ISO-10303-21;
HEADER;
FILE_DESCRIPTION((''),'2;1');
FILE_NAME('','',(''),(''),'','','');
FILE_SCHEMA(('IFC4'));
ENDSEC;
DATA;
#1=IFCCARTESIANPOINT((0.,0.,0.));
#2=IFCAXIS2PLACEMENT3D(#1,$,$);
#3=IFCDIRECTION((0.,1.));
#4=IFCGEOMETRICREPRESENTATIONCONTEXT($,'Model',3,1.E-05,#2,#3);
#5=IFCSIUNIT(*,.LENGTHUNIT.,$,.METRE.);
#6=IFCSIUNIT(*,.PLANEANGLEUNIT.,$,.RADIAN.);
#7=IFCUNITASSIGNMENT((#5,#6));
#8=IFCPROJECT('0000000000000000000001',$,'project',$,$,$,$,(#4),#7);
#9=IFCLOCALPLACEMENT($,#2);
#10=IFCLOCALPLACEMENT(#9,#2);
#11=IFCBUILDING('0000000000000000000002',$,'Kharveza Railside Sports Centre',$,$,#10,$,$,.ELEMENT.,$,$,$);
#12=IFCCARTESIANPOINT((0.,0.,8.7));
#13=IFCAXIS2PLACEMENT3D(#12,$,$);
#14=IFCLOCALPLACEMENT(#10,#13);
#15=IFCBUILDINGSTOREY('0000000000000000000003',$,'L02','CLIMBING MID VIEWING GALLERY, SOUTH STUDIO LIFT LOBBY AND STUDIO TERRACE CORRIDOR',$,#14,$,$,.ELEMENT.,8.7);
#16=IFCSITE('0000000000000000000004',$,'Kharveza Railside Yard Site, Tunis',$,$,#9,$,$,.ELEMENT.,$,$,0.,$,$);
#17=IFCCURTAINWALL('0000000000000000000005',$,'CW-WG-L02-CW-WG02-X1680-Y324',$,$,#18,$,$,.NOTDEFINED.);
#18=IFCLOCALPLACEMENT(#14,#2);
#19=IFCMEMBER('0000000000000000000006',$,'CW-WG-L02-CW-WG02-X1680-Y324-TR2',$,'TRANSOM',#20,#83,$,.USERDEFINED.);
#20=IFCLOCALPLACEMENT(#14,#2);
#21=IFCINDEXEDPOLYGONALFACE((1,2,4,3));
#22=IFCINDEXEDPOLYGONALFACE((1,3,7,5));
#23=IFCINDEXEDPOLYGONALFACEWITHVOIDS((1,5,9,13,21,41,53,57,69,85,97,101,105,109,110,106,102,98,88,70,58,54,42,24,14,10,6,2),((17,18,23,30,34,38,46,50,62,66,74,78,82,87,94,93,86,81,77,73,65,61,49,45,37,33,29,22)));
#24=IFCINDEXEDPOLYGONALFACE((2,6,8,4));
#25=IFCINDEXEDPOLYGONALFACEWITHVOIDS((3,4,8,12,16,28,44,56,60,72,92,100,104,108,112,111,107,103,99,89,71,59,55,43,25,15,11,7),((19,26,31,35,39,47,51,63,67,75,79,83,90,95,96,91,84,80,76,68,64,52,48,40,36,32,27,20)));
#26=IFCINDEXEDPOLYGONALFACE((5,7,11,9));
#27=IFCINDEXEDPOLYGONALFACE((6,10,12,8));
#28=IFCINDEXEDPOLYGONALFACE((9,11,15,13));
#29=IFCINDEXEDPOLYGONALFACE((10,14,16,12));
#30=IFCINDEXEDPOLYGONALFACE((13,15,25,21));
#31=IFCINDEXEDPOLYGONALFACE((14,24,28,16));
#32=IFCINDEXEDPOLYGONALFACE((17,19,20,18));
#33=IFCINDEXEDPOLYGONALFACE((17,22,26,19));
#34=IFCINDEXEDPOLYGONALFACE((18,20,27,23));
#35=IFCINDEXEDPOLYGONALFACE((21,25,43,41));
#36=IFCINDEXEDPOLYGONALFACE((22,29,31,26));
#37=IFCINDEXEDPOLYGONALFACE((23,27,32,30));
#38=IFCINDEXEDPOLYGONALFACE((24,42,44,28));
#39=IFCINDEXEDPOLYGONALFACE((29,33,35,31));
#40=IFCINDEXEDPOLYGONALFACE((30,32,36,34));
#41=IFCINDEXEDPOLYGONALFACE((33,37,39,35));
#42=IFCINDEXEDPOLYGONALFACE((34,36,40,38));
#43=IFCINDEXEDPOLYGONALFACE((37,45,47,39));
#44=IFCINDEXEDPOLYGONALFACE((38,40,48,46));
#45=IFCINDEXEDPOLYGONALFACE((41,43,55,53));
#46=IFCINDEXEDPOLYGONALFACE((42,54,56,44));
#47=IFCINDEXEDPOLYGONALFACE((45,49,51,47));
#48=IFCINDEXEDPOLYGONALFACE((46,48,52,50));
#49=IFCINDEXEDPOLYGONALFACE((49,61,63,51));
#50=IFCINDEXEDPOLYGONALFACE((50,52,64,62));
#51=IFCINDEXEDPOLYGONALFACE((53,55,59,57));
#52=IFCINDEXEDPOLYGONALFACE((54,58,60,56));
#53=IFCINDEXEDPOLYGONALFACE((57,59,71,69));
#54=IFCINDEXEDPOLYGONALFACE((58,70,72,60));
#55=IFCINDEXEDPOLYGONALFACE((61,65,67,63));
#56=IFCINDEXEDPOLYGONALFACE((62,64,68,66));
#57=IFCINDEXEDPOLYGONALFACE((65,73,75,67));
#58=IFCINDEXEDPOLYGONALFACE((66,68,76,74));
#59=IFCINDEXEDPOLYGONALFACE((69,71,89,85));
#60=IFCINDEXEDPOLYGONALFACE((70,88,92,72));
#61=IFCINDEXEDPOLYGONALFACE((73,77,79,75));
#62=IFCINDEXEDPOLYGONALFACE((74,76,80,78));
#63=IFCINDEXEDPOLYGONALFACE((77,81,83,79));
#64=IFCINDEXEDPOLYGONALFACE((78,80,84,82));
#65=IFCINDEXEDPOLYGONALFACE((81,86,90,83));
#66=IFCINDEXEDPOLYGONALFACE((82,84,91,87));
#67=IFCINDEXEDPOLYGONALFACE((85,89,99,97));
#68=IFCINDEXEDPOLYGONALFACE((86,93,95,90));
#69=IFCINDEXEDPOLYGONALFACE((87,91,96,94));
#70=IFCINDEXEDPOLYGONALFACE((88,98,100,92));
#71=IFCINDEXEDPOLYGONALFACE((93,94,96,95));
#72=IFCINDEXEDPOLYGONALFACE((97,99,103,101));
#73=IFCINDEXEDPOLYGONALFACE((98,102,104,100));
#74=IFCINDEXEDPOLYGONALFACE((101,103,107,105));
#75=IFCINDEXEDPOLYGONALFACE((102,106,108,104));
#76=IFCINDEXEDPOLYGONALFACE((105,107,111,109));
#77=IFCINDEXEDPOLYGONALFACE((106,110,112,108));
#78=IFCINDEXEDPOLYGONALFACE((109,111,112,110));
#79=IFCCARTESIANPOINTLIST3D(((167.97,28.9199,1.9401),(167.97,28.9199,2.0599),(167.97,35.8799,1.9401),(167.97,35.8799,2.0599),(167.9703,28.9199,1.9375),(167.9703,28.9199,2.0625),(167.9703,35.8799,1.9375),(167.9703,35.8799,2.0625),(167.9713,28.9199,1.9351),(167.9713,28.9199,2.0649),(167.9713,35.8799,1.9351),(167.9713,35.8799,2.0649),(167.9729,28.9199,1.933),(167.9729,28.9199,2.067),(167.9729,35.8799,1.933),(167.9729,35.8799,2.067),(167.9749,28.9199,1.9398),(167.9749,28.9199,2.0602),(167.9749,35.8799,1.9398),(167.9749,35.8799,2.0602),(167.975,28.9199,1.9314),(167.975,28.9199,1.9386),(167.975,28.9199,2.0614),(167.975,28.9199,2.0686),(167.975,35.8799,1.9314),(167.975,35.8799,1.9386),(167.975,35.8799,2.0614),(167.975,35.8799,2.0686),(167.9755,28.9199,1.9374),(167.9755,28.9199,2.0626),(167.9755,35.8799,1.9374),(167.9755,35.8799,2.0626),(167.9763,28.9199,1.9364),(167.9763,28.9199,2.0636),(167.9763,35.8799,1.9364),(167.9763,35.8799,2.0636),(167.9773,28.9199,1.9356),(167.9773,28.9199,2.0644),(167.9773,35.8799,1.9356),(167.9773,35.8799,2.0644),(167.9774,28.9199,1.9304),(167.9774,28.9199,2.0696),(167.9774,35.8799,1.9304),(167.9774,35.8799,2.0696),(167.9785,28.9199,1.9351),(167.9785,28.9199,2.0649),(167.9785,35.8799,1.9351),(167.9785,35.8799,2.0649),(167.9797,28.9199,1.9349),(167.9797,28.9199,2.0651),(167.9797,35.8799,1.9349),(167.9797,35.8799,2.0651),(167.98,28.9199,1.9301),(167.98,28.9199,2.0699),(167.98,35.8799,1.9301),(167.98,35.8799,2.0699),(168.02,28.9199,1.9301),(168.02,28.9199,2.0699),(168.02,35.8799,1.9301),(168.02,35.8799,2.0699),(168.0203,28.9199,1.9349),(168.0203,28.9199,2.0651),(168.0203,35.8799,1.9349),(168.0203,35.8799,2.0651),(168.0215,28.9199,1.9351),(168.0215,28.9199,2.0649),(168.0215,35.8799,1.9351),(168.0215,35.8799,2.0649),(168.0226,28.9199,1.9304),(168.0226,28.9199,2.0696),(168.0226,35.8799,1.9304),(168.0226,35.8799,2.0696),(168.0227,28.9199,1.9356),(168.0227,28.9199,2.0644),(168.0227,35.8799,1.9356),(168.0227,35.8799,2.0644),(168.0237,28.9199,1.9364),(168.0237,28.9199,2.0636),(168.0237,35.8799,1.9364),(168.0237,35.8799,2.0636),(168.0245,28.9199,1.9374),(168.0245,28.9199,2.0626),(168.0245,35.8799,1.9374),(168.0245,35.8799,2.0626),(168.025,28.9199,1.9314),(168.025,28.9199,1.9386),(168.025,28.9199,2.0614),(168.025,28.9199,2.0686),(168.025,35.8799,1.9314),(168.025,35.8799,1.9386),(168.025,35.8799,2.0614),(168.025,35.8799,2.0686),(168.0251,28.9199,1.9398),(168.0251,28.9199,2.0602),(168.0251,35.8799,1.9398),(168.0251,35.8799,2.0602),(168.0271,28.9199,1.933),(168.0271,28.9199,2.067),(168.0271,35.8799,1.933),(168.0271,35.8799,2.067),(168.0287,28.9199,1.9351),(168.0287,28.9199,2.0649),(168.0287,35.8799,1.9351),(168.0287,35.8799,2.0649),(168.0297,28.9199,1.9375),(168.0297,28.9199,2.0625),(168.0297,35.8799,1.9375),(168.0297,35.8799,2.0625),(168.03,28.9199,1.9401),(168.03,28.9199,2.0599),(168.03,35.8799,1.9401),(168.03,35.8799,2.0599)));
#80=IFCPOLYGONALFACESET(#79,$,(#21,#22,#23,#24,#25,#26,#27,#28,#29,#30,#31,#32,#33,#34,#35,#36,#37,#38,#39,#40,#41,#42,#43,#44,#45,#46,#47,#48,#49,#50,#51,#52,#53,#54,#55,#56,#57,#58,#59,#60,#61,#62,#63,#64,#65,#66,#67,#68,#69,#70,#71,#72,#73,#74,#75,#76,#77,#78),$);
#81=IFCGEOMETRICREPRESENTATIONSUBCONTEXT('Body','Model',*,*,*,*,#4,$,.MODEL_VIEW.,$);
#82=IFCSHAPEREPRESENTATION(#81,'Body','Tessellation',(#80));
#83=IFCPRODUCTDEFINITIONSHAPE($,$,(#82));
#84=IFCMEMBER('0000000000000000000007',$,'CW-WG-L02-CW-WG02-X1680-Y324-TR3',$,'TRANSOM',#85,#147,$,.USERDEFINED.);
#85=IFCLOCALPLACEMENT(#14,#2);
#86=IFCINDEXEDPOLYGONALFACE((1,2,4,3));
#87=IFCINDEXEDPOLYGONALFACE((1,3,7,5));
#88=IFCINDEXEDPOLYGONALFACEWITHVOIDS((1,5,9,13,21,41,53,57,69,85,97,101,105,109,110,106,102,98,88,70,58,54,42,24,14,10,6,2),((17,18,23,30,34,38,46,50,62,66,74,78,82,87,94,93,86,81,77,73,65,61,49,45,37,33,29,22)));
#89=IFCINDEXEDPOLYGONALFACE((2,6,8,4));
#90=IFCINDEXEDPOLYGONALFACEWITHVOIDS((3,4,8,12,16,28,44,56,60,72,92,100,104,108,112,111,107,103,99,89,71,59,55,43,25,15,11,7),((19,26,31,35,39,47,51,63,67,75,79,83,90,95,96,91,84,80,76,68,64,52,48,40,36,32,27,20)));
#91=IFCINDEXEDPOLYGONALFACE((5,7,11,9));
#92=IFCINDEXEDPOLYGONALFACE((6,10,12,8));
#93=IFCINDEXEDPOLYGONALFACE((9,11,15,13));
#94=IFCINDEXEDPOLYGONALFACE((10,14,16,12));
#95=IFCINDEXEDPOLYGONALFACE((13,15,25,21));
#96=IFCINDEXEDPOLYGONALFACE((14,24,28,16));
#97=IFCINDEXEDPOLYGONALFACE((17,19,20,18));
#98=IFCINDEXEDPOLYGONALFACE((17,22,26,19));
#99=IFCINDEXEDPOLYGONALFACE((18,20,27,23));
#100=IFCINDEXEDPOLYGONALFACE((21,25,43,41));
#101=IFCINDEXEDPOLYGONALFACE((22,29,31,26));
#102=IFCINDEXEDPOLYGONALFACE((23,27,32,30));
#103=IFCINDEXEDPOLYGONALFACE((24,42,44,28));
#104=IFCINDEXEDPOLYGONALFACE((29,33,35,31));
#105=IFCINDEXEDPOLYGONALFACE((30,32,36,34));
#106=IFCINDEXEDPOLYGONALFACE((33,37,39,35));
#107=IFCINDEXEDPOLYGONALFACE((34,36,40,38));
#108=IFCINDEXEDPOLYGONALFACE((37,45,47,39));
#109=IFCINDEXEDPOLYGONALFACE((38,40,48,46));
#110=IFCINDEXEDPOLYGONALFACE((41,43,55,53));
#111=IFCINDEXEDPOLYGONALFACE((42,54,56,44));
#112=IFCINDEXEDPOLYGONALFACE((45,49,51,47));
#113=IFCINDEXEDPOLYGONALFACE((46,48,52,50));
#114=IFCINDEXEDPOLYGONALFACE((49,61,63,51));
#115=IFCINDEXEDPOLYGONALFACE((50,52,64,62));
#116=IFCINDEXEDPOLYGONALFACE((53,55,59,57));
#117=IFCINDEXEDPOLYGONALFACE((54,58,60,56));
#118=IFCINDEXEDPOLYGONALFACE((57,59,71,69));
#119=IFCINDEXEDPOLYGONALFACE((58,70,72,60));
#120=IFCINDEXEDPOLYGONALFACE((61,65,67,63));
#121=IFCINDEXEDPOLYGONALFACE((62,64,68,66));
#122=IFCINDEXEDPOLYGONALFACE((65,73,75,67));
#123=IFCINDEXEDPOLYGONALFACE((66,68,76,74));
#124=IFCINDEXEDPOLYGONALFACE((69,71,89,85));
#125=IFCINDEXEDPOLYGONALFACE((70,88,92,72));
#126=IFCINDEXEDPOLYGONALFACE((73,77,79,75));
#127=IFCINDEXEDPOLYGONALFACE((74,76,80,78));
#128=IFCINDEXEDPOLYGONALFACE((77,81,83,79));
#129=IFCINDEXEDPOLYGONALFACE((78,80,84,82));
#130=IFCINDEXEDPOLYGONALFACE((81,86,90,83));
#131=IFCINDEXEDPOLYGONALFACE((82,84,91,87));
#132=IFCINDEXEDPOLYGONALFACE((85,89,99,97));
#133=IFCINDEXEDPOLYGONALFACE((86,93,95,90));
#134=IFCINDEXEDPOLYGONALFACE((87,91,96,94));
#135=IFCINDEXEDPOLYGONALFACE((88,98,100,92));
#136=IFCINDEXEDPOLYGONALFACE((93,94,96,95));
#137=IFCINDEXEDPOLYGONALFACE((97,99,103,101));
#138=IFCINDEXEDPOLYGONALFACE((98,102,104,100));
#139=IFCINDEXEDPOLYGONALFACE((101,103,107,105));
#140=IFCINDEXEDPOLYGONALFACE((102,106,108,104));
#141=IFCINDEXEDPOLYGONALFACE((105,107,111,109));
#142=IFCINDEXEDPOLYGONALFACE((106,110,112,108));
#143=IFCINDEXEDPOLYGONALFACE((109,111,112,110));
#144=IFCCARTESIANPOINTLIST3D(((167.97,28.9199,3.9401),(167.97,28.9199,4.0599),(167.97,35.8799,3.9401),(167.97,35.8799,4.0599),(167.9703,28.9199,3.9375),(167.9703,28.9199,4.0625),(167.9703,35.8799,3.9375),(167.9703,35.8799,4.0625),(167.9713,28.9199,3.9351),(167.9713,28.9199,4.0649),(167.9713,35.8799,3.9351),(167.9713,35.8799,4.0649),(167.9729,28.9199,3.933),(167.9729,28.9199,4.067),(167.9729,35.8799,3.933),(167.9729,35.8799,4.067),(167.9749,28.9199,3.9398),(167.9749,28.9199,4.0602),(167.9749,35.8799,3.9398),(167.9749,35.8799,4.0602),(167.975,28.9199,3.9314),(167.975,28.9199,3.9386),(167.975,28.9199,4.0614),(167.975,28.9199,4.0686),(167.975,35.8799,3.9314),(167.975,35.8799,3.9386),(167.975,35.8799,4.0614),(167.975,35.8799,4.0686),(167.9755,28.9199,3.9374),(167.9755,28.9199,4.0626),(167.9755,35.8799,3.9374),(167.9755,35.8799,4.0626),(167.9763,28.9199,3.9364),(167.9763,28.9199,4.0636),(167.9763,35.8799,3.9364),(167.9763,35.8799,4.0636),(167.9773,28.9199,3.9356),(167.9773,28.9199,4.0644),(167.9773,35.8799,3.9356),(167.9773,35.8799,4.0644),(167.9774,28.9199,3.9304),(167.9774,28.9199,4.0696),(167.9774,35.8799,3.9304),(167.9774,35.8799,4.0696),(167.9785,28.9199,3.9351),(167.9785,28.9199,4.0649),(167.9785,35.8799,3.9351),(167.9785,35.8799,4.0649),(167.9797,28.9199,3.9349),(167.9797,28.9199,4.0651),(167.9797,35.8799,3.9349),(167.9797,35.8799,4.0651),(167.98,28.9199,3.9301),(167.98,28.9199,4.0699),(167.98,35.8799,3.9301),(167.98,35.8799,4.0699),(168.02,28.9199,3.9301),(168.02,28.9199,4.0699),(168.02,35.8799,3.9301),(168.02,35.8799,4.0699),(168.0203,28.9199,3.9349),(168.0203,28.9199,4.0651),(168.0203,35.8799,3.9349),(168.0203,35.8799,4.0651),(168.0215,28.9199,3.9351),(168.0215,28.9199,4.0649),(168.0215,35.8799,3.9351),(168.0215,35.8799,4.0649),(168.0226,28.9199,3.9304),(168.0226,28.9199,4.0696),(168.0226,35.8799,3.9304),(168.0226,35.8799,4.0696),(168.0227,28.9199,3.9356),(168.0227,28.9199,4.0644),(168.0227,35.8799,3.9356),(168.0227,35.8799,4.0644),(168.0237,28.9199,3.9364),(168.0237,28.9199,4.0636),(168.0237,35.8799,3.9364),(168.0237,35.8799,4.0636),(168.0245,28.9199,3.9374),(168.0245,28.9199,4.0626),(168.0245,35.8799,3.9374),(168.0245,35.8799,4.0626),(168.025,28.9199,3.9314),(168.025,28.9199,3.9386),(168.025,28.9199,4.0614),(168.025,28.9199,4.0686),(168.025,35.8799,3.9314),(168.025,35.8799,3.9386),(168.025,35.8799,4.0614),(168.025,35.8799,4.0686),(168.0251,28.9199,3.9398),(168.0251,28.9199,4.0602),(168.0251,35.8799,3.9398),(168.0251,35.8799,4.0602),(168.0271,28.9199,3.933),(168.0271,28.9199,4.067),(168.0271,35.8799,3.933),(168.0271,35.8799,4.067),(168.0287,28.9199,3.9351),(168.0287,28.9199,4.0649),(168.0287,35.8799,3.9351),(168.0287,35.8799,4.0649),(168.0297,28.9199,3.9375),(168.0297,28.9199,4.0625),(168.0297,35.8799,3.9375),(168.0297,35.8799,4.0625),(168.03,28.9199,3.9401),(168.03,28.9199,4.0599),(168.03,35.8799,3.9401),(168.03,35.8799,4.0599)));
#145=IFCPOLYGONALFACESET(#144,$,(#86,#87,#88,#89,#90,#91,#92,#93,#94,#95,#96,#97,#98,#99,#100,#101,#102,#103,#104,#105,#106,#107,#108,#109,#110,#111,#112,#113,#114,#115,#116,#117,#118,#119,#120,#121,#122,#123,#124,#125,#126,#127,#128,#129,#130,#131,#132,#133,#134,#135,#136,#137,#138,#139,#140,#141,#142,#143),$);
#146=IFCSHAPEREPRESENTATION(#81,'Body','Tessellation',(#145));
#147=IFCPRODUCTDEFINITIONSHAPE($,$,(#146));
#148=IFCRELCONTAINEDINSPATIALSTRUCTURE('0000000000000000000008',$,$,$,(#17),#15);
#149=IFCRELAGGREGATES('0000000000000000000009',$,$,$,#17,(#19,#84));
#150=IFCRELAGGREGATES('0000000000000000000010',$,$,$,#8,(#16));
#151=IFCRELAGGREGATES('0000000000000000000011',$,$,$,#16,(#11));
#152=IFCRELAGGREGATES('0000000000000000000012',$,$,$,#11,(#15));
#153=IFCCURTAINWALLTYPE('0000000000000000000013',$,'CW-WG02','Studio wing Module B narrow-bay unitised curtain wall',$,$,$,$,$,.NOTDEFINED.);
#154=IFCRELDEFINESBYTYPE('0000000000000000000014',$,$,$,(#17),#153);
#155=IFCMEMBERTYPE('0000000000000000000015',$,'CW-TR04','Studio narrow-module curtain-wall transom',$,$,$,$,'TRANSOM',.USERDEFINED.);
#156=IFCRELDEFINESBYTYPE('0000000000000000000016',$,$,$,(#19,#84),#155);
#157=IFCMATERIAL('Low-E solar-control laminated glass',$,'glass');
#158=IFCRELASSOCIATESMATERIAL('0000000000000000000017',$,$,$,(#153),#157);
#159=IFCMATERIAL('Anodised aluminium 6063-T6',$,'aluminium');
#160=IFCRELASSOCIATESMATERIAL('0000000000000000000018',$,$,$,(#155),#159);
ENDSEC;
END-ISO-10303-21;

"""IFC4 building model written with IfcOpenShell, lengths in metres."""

from ifc_helpers import new_model, si_unit, direction, frame, origin, origin_2d, place, context, subcontext, project, spatial, hollow_rectangle, extrude, material, material_profile, profile_set, type_object, element, aggregate, save


model = new_model("IFC4")

# Units and contexts
model_context = context("Model", 3, precision=1e-05, world=origin(), true_north=direction((0.0, 1.0)))
body_context = subcontext(model_context, "Body", "Model", "MODEL_VIEW")
ifc_project = project(units=[si_unit("LENGTHUNIT", "METRE"), si_unit("PLANEANGLEUNIT", "RADIAN")], contexts=[model_context])

# Site, building, storey
site_placement = place(None, origin())
site = spatial("IfcSite", under=ifc_project, at=site_placement, Name="Kharveza Railside Yard Site, Tunis", CompositionType="ELEMENT", RefElevation=0.0)
building_placement = place(site_placement, origin())
building = spatial("IfcBuilding", under=site, at=building_placement, Name="Kharveza Railside Sports Centre", CompositionType="ELEMENT")
storey_placement = place(building_placement, frame((0.0, 0.0, 8.7)))
storey = spatial("IfcBuildingStorey", under=building, at=storey_placement, Name="L02", Description="CLIMBING MID VIEWING GALLERY, SOUTH STUDIO LIFT LOBBY AND STUDIO TERRACE CORRIDOR", CompositionType="ELEMENT", Elevation=8.7)

# Curtain wall, members
ifc_material_1 = material(Name="Low-E solar-control laminated glass", Category="glass")
curtain_wall_type = type_object("IfcCurtainWallType", Name="CW-WG02", Description="Studio wing Module B narrow-bay unitised curtain wall", PredefinedType="NOTDEFINED", material=ifc_material_1)
curtain_wall_placement = place(storey_placement, origin())
curtain_wall = element("IfcCurtainWall", 1, at=curtain_wall_placement, inside=storey, type_object=curtain_wall_type, Name="CW-WG-L02-CW-WG02-X1680-Y324", PredefinedType="NOTDEFINED")
ifc_material_2 = material(Name="Anodised aluminium 6063-T6", Category="aluminium")
ifc_material_profile_1 = material_profile(ifc_material_2, hollow_rectangle(XDim=0.0601, YDim=0.1399, WallThickness=0.0049, InnerFilletRadius=0.0049, OuterFilletRadius=0.01, at=origin_2d()), Name="RHS 60x140x5.0")
ifc_profile_set_1 = profile_set([ifc_material_profile_1], Name="Anodised aluminium 6063-T6")
member_type_1 = type_object("IfcMemberType", Name="CW-TR04", Description="Studio narrow-module curtain-wall transom", ElementType="TRANSOM", PredefinedType="USERDEFINED", material=ifc_profile_set_1)
member_1_placement = place(storey_placement, frame((168.0, 28.9199, 2.0), z_axis=(0.0, 1.0, 0.0), x_axis=(-1.0, 0.0, 0.0)))
member_1 = element("IfcMember", 2, at=member_1_placement, type_object=member_type_1, Name="CW-WG-L02-CW-WG02-X1680-Y324-TR2", ObjectType="TRANSOM", PredefinedType="USERDEFINED", context=body_context, shape_type="SweptSolid", body=[
    extrude(hollow_rectangle(XDim=0.0601, YDim=0.1399, WallThickness=0.0049, InnerFilletRadius=0.0049, OuterFilletRadius=0.01, at=origin_2d()), origin(), (0.0, 0.0, 1.0), 6.96),
])
member_2_placement = place(storey_placement, frame((168.0, 28.9199, 4.0), z_axis=(0.0, 1.0, 0.0), x_axis=(-1.0, 0.0, 0.0)))
member_2 = element("IfcMember", 3, at=member_2_placement, type_object=member_type_1, Name="CW-WG-L02-CW-WG02-X1680-Y324-TR3", ObjectType="TRANSOM", PredefinedType="USERDEFINED", context=body_context, shape_type="SweptSolid", body=[
    extrude(hollow_rectangle(XDim=0.0601, YDim=0.1399, WallThickness=0.0049, InnerFilletRadius=0.0049, OuterFilletRadius=0.01, at=origin_2d()), origin(), (0.0, 0.0, 1.0), 6.96),
])

aggregate(curtain_wall, [member_1, member_2])

save(model, "model.ifc")
